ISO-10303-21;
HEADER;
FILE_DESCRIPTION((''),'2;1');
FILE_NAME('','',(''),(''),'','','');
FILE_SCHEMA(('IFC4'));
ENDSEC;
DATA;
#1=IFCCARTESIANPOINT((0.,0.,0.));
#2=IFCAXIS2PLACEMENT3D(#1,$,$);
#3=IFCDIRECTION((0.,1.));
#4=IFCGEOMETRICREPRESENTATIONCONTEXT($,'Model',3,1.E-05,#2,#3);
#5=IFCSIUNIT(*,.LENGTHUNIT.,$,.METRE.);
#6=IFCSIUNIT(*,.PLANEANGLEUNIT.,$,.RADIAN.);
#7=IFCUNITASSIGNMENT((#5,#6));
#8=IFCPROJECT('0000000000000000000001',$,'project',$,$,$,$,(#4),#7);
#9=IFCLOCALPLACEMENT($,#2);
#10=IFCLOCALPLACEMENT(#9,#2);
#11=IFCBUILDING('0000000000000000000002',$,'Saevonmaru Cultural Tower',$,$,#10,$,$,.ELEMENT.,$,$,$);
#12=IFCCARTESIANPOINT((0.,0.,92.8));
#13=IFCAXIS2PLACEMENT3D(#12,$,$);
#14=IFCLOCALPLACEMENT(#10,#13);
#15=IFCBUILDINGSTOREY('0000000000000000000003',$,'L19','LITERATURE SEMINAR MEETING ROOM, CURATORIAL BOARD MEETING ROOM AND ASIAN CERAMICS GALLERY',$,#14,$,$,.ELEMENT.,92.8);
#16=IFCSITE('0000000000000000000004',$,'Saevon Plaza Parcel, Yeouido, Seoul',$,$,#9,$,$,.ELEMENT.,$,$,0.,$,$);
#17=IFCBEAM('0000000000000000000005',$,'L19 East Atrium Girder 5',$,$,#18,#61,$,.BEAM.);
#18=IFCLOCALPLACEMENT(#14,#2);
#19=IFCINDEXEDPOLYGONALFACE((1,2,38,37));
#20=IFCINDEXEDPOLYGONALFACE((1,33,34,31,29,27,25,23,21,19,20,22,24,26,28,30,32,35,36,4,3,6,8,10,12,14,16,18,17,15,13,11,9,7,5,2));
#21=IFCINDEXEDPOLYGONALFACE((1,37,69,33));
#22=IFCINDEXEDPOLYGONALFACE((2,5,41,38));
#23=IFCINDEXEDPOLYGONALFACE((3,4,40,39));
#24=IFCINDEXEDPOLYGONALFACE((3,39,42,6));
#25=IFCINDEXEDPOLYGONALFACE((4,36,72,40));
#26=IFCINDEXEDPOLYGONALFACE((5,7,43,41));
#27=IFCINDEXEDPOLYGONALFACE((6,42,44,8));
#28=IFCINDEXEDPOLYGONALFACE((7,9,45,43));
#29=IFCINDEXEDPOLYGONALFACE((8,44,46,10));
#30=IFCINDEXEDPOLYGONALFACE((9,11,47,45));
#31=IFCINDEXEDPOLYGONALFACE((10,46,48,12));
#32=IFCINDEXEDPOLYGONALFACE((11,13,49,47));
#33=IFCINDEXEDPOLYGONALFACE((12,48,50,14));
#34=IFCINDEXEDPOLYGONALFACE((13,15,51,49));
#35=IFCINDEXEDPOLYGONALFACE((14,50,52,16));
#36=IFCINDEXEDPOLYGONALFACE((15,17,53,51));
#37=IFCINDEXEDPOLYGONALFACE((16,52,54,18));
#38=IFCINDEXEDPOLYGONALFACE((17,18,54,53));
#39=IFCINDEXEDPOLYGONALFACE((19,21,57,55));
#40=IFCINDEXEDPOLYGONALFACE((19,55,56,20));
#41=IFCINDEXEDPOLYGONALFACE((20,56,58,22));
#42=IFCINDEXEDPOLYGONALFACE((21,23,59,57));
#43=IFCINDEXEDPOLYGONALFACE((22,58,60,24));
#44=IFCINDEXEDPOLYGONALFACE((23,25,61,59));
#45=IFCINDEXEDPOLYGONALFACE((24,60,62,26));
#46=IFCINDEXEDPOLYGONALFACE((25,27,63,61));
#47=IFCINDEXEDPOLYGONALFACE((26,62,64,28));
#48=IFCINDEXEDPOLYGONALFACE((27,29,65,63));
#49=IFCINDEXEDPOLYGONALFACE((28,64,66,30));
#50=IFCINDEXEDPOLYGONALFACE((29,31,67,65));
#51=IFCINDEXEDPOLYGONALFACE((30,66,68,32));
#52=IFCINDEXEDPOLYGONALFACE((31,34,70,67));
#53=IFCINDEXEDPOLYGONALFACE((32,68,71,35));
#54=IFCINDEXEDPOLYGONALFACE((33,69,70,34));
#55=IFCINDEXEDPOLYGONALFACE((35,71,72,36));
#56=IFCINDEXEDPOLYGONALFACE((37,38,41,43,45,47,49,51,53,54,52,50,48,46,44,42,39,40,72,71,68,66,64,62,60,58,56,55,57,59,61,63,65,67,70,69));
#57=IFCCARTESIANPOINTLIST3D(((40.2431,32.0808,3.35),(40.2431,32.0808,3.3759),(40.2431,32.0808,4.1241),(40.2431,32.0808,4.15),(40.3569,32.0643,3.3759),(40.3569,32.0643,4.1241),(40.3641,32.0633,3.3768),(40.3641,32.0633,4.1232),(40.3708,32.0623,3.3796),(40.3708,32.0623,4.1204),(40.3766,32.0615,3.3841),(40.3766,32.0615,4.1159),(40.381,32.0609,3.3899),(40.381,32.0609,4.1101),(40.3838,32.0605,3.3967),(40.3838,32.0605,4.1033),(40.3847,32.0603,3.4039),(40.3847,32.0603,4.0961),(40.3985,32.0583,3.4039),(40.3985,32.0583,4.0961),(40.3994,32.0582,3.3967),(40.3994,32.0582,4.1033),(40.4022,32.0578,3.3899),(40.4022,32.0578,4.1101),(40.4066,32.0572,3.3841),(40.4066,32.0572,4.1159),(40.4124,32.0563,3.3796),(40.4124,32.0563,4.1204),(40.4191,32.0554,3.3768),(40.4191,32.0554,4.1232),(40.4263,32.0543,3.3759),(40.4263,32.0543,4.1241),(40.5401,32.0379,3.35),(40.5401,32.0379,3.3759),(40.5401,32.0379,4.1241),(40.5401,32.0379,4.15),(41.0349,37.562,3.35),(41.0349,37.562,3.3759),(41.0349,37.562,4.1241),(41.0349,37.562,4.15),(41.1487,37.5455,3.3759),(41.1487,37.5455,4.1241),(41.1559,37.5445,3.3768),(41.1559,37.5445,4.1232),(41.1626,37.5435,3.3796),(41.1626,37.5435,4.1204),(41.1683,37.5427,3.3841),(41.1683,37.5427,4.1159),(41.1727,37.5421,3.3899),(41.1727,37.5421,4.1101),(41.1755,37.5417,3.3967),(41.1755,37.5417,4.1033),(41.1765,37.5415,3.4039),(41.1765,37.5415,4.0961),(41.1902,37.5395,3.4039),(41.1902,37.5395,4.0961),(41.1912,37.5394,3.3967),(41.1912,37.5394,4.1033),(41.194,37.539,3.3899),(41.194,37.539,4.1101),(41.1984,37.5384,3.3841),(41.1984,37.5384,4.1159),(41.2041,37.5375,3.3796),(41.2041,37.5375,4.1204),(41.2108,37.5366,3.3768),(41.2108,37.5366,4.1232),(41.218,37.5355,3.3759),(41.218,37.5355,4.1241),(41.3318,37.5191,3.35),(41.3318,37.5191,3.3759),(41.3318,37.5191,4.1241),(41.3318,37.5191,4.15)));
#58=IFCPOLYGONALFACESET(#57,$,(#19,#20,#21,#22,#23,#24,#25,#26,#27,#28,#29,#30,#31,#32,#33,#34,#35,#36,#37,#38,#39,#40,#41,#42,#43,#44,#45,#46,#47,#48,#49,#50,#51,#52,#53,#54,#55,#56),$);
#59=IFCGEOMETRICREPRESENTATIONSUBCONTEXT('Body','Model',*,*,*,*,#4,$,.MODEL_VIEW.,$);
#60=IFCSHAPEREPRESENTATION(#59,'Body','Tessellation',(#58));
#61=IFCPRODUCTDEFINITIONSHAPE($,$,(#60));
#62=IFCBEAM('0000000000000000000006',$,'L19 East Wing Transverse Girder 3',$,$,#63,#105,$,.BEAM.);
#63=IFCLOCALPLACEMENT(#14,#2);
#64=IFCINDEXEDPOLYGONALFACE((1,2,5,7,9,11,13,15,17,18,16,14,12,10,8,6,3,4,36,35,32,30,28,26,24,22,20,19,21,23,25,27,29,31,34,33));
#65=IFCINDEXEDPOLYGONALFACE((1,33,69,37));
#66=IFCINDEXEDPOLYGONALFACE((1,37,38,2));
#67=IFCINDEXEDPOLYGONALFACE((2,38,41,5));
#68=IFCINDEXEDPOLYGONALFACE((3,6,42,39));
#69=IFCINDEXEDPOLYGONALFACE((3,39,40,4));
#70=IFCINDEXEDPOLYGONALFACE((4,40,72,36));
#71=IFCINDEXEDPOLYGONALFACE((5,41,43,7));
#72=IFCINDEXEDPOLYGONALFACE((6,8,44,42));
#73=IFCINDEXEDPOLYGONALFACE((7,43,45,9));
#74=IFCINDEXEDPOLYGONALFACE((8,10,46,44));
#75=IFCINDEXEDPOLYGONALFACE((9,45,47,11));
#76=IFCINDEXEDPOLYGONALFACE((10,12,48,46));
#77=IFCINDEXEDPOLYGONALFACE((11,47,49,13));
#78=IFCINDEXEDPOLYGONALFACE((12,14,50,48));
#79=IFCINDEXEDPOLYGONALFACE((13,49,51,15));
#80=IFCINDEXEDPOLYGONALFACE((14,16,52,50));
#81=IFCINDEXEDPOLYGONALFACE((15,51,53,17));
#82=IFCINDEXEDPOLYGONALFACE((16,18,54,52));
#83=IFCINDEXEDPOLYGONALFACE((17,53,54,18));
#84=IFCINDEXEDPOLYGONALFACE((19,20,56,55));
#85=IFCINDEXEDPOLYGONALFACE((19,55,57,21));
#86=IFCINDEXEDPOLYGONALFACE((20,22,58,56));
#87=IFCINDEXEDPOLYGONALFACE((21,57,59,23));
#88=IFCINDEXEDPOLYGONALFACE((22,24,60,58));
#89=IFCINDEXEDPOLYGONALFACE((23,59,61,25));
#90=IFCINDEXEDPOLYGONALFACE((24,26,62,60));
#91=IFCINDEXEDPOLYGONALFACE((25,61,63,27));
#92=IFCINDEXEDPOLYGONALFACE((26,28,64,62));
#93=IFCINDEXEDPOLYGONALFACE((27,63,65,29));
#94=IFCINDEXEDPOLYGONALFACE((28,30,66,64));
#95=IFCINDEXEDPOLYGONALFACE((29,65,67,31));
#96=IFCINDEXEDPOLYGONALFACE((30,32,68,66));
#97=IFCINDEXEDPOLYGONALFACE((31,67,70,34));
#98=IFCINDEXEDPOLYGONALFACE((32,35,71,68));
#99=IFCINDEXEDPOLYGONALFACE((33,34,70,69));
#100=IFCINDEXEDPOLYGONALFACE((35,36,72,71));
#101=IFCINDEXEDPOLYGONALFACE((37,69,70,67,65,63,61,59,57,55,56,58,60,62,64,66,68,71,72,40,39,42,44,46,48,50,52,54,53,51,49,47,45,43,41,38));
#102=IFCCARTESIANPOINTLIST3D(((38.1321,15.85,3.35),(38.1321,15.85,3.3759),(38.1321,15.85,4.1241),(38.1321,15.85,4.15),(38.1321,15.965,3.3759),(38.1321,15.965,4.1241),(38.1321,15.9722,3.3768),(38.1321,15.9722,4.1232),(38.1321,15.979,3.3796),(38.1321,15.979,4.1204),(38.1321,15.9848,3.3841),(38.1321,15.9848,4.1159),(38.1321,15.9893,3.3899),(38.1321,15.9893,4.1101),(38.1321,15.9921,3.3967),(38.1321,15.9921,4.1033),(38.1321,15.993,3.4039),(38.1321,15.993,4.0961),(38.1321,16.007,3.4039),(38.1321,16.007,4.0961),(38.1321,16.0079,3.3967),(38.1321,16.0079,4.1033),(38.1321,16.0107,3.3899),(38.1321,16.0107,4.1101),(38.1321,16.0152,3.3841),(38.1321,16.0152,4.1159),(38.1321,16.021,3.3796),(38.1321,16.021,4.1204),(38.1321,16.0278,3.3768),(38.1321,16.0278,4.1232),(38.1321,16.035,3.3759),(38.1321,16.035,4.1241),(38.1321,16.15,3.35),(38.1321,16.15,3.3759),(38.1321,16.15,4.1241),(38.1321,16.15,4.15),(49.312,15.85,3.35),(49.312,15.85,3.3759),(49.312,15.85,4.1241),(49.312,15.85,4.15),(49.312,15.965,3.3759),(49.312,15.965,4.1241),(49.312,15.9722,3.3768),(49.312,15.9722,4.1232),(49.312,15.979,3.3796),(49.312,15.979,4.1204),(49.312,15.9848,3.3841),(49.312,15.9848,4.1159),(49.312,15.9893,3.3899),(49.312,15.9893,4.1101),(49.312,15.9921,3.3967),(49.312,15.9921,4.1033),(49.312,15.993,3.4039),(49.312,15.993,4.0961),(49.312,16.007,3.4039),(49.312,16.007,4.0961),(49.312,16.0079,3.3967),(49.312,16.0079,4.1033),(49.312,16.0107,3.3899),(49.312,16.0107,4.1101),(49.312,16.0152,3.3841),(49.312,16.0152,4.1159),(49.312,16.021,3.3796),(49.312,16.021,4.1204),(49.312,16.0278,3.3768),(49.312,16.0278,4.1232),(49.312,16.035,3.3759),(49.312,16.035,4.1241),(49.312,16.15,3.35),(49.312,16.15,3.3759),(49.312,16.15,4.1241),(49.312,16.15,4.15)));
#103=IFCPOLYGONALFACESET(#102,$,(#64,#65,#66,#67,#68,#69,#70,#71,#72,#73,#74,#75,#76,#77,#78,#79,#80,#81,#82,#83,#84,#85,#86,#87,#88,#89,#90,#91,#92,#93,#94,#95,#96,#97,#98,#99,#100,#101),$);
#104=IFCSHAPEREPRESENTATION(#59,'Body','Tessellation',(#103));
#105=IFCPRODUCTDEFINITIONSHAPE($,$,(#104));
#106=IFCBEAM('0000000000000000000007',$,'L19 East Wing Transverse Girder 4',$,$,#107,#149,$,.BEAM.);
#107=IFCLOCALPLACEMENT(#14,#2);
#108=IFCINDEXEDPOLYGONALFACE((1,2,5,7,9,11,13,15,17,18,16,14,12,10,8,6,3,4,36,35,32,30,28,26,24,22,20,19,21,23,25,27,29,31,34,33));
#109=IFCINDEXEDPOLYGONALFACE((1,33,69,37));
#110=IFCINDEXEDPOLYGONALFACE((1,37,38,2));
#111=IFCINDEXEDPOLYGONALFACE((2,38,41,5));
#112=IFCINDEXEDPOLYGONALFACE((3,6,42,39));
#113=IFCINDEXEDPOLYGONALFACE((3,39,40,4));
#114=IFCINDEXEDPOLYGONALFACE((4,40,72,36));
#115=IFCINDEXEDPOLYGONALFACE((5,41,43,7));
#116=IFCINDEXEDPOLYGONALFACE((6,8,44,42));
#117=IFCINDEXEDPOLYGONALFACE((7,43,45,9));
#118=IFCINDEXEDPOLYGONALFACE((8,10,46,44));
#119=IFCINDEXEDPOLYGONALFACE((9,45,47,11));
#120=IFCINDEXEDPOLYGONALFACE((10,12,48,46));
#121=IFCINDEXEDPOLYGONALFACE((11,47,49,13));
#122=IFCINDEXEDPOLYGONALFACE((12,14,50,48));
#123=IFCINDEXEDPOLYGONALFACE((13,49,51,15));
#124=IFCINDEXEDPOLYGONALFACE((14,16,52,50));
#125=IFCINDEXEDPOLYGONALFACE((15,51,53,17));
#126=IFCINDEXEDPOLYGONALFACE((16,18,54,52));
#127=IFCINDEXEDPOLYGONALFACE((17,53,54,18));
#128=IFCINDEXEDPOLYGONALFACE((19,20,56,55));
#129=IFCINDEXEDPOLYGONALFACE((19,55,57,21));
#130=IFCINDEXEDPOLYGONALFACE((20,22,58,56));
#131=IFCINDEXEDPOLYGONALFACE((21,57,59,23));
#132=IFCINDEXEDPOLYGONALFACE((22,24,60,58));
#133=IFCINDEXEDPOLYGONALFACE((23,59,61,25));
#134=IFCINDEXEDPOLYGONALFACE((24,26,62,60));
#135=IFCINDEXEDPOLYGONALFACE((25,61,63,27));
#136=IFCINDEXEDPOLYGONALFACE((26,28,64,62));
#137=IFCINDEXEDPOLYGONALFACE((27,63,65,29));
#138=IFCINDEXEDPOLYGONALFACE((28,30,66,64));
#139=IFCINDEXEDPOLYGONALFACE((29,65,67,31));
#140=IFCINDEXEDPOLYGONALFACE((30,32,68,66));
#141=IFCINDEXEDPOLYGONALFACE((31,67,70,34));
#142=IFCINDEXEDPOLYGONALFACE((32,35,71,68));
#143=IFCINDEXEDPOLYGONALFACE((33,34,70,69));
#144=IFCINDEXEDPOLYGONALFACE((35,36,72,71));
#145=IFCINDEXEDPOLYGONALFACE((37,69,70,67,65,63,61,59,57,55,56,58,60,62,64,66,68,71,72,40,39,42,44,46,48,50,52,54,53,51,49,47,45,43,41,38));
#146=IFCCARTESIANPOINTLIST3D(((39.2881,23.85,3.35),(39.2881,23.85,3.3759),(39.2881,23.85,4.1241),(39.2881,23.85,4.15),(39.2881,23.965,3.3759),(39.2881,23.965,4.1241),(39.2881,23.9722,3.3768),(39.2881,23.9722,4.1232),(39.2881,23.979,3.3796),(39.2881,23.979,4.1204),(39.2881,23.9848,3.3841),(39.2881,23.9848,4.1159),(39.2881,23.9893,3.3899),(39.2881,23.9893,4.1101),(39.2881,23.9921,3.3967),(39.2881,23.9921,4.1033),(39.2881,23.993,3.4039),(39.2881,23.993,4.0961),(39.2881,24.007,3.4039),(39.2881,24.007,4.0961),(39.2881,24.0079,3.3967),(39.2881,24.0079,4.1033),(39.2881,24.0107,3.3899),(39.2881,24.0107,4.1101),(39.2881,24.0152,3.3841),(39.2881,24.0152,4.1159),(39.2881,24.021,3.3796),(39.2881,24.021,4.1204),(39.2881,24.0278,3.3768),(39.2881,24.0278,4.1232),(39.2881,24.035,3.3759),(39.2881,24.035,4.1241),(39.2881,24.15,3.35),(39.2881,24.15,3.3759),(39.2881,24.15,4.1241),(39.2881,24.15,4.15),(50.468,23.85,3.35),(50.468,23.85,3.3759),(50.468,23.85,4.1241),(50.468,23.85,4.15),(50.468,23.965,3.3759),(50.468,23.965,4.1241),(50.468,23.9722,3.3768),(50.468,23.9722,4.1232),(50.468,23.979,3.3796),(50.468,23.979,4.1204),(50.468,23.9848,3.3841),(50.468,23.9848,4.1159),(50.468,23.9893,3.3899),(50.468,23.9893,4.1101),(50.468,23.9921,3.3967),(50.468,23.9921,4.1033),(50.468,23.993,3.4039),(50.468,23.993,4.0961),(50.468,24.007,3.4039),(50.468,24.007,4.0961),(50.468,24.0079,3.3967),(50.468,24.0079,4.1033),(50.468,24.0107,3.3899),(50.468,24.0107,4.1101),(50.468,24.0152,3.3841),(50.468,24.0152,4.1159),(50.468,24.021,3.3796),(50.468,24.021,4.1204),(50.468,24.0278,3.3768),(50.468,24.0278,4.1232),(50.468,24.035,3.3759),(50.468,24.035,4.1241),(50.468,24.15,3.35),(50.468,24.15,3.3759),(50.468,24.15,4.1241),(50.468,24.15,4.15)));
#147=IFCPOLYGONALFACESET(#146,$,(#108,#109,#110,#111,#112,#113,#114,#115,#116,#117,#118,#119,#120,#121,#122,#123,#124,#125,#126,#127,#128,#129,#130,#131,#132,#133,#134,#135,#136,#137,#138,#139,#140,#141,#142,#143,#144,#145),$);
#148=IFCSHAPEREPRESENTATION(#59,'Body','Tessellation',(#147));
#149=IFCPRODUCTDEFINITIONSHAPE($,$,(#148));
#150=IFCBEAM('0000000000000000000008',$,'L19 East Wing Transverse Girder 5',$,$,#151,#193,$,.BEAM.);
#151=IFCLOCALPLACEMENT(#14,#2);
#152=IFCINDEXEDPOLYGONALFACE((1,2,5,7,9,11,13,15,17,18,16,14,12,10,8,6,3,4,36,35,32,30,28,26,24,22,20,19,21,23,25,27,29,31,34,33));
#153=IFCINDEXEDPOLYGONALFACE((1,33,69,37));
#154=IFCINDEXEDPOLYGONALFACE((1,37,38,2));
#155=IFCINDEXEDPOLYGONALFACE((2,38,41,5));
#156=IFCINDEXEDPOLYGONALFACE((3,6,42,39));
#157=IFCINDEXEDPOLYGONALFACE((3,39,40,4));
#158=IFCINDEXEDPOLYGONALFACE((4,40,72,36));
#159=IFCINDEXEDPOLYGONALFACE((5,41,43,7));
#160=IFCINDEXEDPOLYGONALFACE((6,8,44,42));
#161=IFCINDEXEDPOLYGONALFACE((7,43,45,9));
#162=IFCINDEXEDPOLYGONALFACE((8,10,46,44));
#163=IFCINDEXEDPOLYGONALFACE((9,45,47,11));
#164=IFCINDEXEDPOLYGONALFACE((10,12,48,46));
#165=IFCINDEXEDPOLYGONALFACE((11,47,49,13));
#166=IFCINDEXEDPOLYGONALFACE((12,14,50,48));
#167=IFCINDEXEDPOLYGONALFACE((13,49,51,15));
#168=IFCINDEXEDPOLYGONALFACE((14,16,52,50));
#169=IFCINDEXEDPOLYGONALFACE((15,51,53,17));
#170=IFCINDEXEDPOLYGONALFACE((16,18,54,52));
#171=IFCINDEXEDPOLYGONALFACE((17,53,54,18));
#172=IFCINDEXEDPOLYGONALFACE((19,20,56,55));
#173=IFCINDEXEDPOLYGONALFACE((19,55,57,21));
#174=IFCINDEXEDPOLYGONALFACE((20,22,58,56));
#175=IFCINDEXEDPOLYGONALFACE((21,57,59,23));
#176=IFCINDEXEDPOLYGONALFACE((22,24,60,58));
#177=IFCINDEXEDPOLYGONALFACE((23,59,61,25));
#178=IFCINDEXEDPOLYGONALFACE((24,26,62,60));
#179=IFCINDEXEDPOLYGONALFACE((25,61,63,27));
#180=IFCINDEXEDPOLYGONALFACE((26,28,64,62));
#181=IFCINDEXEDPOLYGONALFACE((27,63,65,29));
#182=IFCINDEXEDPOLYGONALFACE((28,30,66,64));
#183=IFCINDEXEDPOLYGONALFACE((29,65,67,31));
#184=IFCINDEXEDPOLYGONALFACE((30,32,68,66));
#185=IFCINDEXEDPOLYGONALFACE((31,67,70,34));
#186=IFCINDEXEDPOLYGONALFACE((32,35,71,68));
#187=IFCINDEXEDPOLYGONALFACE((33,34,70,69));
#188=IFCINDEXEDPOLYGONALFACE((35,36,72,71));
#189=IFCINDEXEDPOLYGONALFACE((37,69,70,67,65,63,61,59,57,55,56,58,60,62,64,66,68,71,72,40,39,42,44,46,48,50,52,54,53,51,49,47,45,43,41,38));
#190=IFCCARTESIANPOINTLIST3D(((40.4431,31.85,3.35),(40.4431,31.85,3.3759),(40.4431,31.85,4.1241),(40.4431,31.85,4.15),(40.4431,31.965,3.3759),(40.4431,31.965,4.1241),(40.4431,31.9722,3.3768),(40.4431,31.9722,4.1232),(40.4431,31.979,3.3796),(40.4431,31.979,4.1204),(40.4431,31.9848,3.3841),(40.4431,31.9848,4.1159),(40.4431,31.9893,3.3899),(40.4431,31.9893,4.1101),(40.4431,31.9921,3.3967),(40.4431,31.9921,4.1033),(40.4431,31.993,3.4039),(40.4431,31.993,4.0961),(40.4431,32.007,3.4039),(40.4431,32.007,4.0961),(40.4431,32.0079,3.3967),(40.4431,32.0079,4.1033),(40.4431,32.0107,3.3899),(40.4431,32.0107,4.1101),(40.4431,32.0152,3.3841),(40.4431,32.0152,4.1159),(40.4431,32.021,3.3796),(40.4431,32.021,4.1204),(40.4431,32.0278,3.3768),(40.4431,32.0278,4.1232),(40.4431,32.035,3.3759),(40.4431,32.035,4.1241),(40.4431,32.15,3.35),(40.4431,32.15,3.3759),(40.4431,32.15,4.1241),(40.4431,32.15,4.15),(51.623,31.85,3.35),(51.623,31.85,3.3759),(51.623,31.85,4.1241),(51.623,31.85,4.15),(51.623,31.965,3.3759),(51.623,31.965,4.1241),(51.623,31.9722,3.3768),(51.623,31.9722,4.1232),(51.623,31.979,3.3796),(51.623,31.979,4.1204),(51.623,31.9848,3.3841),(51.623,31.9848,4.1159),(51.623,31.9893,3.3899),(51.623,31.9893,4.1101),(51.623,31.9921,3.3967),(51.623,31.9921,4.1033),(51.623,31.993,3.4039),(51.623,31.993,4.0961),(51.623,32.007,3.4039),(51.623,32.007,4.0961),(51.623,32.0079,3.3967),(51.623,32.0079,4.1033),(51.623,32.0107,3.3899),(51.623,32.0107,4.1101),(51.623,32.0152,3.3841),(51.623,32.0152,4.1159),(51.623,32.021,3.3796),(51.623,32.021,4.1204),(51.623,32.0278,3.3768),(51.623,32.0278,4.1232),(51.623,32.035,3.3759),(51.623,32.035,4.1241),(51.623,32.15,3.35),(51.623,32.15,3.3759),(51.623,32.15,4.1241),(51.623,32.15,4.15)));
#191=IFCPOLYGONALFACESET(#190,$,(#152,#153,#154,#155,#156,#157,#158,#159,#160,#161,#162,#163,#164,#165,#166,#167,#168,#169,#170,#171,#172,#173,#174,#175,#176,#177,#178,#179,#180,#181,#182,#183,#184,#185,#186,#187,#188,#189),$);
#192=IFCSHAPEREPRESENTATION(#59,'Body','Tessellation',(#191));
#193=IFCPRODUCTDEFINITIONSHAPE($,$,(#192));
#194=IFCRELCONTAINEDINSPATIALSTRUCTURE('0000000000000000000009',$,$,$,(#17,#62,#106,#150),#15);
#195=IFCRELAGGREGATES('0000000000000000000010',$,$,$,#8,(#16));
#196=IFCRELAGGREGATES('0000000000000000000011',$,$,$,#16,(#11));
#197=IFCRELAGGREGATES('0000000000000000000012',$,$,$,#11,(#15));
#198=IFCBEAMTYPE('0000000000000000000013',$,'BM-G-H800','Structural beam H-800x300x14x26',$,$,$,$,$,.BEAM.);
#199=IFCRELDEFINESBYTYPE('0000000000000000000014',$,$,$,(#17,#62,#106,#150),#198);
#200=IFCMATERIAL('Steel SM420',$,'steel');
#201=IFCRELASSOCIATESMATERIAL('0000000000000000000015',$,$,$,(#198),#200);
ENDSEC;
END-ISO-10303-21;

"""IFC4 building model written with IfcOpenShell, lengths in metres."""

from ifc_helpers import new_model, si_unit, direction, frame, origin, origin_2d, place, context, subcontext, project, spatial, i_section, extrude, material, material_profile, profile_set, type_object, element, save


model = new_model("IFC4")

# Units and contexts
model_context = context("Model", 3, precision=1e-05, world=origin(), true_north=direction((0.0, 1.0)))
body_context = subcontext(model_context, "Body", "Model", "MODEL_VIEW")
ifc_project = project(units=[si_unit("LENGTHUNIT", "METRE"), si_unit("PLANEANGLEUNIT", "RADIAN")], contexts=[model_context])

# Site, building, storey
site_placement = place(None, origin())
site = spatial("IfcSite", under=ifc_project, at=site_placement, Name="Saevon Plaza Parcel, Yeouido, Seoul", CompositionType="ELEMENT", RefElevation=0.0)
building_placement = place(site_placement, origin())
building = spatial("IfcBuilding", under=site, at=building_placement, Name="Saevonmaru Cultural Tower", CompositionType="ELEMENT")
storey_placement = place(building_placement, frame((0.0, 0.0, 92.8)))
storey = spatial("IfcBuildingStorey", under=building, at=storey_placement, Name="L19", Description="LITERATURE SEMINAR MEETING ROOM, CURATORIAL BOARD MEETING ROOM AND ASIAN CERAMICS GALLERY", CompositionType="ELEMENT", Elevation=92.8)

# Shared definitions
ifc_material_1 = material(Name="Steel SM420", Category="steel")

# Beams
ifc_material_profile_1 = material_profile(ifc_material_1, i_section(OverallWidth=0.3, OverallDepth=0.8, WebThickness=0.0139, FlangeThickness=0.0259, FilletRadius=0.0281, at=origin_2d()), Name="H-800x300x14x26")
ifc_profile_set_1 = profile_set([ifc_material_profile_1], Name="Steel SM420")
beam_type_1 = type_object("IfcBeamType", Name="BM-G-H800", Description="Structural beam H-800x300x14x26", PredefinedType="BEAM", material=ifc_profile_set_1)
beam_1_placement = place(storey_placement, frame((40.3916, 32.0593, 3.75), z_axis=(0.142964, 0.989728, 0.0), x_axis=(-0.989728, 0.142964, 0.0)))
element("IfcBeam", 1, at=beam_1_placement, inside=storey, type_object=beam_type_1, Name="L19 East Atrium Girder 5", PredefinedType="BEAM", context=body_context, shape_type="SweptSolid", body=[
    extrude(i_section(OverallWidth=0.3, OverallDepth=0.8, WebThickness=0.0139, FlangeThickness=0.0259, FilletRadius=0.0281, at=origin_2d()), origin(), (0.0, 0.0, 1.0), 5.5381),
])
for number, where, z_axis, x_axis, name in (
    (2, (38.1321, 16.0, 3.75), (1.0, 0.0, 0.0), (0.0, 1.0, 0.0), "L19 East Wing Transverse Girder 3"),
    (3, (39.2881, 24.0, 3.75), (1.0, 0.0, 0.0), (0.0, 1.0, 0.0), "L19 East Wing Transverse Girder 4"),
    (4, (40.4431, 32.0, 3.75), (1.0, 0.0, 0.0), (0.0, 1.0, 0.0), "L19 East Wing Transverse Girder 5"),
):
    element("IfcBeam", number, at=place(storey_placement, frame(where, z_axis=z_axis, x_axis=x_axis)), inside=storey, type_object=beam_type_1, Name=name, PredefinedType="BEAM", context=body_context, shape_type="SweptSolid", body=[
        extrude(i_section(OverallWidth=0.3, OverallDepth=0.8, WebThickness=0.0139, FlangeThickness=0.0259, FilletRadius=0.0281, at=origin_2d()), origin(), (0.0, 0.0, 1.0), 11.1799),
    ])

save(model, "model.ifc")
